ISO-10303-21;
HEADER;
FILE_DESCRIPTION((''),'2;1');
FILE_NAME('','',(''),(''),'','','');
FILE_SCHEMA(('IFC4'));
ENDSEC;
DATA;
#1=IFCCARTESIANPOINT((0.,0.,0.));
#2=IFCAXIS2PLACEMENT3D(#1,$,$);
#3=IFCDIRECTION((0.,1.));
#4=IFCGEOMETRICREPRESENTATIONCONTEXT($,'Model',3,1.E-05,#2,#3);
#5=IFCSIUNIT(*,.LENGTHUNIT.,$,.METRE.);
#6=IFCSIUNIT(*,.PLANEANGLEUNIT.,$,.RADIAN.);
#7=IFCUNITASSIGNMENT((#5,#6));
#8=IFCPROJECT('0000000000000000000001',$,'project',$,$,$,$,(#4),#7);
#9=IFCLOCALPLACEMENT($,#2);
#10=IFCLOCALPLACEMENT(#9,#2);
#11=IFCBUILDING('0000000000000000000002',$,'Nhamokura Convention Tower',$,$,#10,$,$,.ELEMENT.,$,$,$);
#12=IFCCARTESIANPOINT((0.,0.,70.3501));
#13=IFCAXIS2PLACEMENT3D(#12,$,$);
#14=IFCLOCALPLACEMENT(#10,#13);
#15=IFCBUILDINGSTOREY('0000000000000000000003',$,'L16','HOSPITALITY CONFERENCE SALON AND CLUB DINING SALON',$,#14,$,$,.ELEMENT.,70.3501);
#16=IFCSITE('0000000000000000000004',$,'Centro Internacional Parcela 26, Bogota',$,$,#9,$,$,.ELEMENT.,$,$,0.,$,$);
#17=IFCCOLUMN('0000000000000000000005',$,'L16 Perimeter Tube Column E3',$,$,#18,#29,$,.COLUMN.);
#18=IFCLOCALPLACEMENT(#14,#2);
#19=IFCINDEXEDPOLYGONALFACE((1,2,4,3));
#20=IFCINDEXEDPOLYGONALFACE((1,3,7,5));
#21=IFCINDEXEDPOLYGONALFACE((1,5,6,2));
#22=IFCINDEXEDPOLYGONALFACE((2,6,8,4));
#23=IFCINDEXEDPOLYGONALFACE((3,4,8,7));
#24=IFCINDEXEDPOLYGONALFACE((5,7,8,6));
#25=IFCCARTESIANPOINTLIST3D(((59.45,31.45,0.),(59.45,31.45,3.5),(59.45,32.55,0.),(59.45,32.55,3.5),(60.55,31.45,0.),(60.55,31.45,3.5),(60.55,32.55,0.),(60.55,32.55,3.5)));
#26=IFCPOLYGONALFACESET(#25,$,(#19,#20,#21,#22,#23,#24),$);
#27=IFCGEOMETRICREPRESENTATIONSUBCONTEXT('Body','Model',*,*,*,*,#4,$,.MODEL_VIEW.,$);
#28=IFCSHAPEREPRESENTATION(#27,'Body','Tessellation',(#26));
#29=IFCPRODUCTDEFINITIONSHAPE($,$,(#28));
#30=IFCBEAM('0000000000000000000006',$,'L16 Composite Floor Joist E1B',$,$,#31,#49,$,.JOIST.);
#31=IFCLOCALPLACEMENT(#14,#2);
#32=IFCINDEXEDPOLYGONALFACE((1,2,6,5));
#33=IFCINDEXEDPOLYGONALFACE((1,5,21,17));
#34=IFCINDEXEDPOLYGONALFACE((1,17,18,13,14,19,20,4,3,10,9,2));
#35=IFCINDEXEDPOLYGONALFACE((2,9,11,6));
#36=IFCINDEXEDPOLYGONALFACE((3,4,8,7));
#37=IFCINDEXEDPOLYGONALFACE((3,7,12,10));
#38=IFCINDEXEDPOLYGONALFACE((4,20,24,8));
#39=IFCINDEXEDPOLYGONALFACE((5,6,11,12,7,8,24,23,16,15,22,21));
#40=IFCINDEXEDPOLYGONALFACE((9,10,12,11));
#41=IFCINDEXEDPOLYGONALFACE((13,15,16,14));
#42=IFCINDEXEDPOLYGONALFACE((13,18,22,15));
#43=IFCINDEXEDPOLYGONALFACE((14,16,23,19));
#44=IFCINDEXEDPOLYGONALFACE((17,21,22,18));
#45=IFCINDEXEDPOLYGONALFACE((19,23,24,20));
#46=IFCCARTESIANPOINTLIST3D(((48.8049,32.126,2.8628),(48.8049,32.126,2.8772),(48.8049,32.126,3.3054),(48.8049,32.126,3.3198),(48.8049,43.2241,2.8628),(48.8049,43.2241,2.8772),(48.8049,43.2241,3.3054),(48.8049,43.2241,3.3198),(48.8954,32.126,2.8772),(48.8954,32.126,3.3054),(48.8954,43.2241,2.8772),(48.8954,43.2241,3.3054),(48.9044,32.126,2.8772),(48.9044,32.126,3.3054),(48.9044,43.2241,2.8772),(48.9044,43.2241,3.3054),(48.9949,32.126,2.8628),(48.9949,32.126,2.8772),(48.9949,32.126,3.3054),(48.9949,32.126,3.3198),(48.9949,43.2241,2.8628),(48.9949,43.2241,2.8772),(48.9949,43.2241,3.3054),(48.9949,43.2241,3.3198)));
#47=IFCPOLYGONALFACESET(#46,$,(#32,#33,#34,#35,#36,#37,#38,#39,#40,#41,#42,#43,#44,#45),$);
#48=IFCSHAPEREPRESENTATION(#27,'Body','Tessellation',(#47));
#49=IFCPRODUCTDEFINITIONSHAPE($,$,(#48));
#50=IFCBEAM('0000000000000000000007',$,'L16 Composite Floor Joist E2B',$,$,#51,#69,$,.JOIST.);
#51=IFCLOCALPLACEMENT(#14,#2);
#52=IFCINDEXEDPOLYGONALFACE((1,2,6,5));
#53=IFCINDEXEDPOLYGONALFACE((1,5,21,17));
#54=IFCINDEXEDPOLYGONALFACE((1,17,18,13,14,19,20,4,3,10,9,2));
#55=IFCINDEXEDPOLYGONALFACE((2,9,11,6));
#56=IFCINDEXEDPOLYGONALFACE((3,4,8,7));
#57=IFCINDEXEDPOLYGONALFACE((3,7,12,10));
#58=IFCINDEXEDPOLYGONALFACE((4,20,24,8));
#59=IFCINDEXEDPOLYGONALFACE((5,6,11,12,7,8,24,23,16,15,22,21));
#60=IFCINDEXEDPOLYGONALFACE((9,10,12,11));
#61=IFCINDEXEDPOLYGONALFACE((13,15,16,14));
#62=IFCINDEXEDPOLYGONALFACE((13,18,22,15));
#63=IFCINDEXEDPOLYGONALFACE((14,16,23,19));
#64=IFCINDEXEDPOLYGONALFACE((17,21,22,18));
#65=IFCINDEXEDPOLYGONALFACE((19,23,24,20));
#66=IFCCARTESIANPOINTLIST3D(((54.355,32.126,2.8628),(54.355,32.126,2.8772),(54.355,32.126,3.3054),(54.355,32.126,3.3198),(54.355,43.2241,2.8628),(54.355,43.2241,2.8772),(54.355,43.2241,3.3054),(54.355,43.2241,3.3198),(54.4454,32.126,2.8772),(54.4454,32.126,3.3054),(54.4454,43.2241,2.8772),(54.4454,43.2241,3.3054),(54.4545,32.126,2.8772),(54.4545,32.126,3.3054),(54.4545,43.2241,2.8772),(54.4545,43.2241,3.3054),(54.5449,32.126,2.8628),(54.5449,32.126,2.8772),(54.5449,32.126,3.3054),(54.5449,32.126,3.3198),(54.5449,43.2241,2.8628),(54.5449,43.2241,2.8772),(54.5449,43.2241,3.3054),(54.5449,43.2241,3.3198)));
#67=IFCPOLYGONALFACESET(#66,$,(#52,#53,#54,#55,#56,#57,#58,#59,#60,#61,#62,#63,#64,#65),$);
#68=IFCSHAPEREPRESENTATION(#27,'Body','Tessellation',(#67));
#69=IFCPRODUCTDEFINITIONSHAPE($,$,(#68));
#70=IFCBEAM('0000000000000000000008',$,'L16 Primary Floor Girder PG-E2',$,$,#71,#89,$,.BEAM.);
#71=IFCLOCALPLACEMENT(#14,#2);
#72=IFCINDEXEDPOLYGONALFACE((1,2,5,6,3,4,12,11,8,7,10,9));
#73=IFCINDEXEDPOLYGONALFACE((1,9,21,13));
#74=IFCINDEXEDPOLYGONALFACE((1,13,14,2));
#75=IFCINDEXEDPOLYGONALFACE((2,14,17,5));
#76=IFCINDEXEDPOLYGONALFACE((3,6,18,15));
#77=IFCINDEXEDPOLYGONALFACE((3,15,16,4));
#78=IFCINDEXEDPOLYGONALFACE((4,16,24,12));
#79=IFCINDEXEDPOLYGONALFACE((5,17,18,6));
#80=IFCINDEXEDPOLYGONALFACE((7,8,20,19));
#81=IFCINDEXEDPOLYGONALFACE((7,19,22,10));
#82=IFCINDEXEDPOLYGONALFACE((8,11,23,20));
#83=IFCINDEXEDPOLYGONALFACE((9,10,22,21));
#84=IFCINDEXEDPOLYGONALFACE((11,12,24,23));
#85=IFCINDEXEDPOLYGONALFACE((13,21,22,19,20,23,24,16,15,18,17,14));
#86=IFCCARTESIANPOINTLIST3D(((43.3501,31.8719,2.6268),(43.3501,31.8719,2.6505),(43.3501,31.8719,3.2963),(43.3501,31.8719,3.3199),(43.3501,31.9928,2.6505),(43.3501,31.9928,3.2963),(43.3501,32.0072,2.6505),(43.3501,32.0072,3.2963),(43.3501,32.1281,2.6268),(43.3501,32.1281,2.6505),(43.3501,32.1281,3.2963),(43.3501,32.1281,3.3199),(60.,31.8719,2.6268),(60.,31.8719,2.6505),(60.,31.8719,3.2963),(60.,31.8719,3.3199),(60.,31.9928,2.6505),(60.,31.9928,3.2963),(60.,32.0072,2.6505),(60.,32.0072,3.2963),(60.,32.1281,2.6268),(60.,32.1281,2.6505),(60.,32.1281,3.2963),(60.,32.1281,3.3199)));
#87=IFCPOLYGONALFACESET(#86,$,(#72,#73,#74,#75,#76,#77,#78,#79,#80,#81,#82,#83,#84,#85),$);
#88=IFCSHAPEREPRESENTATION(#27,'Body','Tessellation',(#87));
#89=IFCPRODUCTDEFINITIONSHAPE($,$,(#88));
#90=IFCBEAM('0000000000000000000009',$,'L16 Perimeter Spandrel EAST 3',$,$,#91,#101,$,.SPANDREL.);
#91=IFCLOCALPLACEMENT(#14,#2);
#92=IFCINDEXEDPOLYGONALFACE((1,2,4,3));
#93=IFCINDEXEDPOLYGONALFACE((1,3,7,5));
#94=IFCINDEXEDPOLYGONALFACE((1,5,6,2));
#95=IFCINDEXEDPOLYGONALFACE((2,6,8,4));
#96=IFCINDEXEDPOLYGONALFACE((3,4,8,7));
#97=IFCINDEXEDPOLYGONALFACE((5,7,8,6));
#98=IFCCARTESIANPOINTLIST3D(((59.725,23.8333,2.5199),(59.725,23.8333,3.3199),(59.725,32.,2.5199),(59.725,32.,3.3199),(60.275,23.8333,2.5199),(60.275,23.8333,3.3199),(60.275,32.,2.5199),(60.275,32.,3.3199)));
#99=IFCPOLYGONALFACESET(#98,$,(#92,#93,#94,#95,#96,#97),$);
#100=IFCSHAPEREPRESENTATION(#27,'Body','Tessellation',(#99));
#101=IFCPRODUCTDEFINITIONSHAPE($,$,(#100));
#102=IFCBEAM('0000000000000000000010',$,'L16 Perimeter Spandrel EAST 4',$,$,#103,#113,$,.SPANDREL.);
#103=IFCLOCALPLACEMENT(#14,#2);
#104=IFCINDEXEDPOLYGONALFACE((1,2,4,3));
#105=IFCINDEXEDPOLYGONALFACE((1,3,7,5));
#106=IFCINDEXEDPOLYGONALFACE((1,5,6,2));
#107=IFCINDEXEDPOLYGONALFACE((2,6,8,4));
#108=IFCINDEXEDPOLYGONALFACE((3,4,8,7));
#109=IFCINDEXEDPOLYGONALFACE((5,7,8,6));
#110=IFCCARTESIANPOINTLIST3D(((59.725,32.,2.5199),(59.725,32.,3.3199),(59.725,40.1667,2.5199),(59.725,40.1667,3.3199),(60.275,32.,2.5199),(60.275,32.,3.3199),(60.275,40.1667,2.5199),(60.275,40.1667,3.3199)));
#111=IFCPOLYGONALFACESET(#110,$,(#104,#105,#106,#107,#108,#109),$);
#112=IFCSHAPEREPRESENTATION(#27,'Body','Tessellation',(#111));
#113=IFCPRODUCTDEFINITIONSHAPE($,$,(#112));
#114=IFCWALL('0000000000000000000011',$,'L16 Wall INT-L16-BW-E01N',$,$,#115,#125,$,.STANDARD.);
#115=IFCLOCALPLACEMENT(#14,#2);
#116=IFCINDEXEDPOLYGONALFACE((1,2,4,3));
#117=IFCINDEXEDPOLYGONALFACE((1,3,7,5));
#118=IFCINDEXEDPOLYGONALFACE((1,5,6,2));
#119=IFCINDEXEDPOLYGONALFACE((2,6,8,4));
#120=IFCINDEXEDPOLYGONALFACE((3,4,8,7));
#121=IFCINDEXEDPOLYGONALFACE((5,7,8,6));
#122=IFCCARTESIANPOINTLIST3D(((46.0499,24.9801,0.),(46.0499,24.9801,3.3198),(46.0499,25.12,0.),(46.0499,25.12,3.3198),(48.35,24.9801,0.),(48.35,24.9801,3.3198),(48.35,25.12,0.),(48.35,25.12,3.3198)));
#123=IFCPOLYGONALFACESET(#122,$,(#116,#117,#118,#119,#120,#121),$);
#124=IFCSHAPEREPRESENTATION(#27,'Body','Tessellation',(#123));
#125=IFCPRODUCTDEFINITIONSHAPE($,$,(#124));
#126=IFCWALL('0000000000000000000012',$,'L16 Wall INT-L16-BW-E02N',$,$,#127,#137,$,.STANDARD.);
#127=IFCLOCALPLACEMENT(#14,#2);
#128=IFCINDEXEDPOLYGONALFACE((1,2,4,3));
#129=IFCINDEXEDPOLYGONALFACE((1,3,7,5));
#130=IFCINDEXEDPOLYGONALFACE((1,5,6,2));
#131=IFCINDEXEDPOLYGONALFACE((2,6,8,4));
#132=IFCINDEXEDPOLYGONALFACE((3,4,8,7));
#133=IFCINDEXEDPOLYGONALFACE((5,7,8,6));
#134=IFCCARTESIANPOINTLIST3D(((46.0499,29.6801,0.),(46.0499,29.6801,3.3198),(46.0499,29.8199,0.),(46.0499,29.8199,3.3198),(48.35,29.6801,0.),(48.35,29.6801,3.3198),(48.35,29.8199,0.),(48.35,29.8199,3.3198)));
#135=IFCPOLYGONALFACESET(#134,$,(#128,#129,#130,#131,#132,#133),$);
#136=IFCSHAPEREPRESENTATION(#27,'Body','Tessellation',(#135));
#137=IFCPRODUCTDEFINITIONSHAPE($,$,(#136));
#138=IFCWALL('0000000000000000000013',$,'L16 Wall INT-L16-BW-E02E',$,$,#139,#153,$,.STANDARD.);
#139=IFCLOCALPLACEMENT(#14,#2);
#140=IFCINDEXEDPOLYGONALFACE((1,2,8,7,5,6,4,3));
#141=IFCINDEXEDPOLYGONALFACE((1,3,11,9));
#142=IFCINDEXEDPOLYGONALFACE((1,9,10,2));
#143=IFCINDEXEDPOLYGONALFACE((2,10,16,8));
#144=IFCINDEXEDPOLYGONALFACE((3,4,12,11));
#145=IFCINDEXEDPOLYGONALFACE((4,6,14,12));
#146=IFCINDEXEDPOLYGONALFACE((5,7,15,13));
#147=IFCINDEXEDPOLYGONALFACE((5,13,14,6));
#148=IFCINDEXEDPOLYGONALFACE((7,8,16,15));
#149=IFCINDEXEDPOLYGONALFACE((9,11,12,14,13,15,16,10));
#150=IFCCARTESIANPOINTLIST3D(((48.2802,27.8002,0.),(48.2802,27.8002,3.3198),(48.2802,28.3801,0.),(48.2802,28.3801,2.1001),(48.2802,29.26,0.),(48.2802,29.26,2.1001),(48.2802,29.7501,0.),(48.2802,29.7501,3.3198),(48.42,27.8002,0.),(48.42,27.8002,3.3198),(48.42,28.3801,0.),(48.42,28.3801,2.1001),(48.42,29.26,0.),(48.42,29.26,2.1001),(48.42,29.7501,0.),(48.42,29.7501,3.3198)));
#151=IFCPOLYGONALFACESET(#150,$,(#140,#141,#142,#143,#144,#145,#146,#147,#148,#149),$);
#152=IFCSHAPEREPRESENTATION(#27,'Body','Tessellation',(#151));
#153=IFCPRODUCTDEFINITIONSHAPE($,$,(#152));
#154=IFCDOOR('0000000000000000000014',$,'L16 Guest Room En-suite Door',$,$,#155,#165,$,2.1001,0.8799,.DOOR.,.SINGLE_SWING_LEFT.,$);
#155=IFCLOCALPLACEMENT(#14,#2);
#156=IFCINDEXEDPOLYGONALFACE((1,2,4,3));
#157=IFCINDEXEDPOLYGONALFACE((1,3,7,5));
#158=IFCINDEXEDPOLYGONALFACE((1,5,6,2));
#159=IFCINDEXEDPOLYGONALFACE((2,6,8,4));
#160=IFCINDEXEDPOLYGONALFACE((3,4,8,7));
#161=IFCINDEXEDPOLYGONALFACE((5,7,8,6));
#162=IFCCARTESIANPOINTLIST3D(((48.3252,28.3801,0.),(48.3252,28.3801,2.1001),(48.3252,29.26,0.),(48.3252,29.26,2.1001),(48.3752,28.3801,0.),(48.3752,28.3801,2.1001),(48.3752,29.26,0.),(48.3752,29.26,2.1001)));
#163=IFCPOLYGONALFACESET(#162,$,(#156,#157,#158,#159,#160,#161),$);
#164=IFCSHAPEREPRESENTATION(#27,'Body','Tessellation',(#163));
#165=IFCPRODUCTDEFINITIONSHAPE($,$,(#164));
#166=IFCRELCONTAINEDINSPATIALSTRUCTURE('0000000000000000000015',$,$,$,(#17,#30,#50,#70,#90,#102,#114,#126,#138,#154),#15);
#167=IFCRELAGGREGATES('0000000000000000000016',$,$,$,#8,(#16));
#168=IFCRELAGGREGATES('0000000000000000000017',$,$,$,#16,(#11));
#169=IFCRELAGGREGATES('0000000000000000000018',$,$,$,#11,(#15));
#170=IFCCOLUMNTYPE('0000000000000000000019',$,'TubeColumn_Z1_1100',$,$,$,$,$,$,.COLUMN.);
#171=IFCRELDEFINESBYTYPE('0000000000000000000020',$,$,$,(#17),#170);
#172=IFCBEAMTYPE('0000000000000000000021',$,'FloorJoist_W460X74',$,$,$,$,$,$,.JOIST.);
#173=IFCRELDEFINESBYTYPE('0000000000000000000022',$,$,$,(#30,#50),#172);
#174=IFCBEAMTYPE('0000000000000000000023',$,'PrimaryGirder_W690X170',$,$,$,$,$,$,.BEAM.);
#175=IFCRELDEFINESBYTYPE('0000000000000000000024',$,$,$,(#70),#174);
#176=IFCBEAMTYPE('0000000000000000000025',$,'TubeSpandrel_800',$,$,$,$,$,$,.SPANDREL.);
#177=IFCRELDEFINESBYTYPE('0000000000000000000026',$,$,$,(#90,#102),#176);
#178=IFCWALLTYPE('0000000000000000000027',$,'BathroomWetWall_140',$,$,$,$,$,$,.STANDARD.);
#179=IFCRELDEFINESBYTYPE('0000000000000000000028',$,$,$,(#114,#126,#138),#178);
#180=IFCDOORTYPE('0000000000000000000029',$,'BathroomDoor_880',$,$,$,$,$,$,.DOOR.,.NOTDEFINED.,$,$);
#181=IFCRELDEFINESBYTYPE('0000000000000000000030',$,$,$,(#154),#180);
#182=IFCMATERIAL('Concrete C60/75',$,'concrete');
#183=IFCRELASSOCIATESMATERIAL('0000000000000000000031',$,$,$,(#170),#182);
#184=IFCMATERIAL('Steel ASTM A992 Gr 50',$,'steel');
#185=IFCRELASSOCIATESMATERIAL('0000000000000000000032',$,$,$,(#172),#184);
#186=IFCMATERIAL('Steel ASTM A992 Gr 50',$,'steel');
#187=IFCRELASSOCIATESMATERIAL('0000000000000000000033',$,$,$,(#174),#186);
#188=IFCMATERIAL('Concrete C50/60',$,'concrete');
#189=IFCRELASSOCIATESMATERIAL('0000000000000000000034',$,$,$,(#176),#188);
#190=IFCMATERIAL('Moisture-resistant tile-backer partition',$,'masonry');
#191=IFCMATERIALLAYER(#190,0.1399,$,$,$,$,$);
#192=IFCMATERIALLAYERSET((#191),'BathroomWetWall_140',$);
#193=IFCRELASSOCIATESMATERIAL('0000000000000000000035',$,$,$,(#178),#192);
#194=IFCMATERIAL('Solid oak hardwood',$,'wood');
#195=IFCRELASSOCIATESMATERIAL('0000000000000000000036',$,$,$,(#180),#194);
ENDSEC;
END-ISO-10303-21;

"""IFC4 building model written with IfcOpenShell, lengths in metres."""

from ifc_helpers import new_model, si_unit, direction, frame, frame_2d, origin, origin_2d, place, context, subcontext, project, spatial, rectangle, i_section, extrude, material, layer, layer_set, material_profile, profile_set, type_object, element, fill, save


model = new_model("IFC4")

# Units and contexts
model_context = context("Model", 3, precision=1e-05, world=origin(), true_north=direction((0.0, 1.0)))
body_context = subcontext(model_context, "Body", "Model", "MODEL_VIEW")
ifc_project = project(units=[si_unit("LENGTHUNIT", "METRE"), si_unit("PLANEANGLEUNIT", "RADIAN")], contexts=[model_context])

# Site, building, storey
site_placement = place(None, origin())
site = spatial("IfcSite", under=ifc_project, at=site_placement, Name="Centro Internacional Parcela 26, Bogota", CompositionType="ELEMENT", RefElevation=0.0)
building_placement = place(site_placement, origin())
building = spatial("IfcBuilding", under=site, at=building_placement, Name="Nhamokura Convention Tower", CompositionType="ELEMENT")
storey_placement = place(building_placement, frame((0.0, 0.0, 70.3501)))
storey = spatial("IfcBuildingStorey", under=building, at=storey_placement, Name="L16", Description="HOSPITALITY CONFERENCE SALON AND CLUB DINING SALON", CompositionType="ELEMENT", Elevation=70.3501)

# Column
ifc_material_1 = material(Name="Concrete C60/75", Category="concrete")
ifc_material_profile_1 = material_profile(ifc_material_1, rectangle(XDim=1.1001, YDim=1.1001, at=origin_2d()))
ifc_profile_set_1 = profile_set([ifc_material_profile_1], Name="Concrete C60/75")
column_type = type_object("IfcColumnType", Name="TubeColumn_Z1_1100", PredefinedType="COLUMN", material=ifc_profile_set_1)
column_placement = place(storey_placement, frame((60.0, 32.0, 0.0), z_axis=(0.0, 0.0, 1.0), x_axis=(1.0, 0.0, 0.0)))
element("IfcColumn", 1, at=column_placement, inside=storey, type_object=column_type, Name="L16 Perimeter Tube Column E3", PredefinedType="COLUMN", context=body_context, shape_type="SweptSolid", body=[
    extrude(rectangle(XDim=1.1001, YDim=1.1001, at=origin_2d()), origin(), (0.0, 0.0, 1.0), 3.5),
])

# Beams
ifc_material_2 = material(Name="Steel ASTM A992 Gr 50", Category="steel")
ifc_material_profile_2 = material_profile(ifc_material_2, i_section(OverallWidth=0.1899, OverallDepth=0.457, WebThickness=0.009, FlangeThickness=0.0144, at=origin_2d()))
ifc_profile_set_2 = profile_set([ifc_material_profile_2], Name="Steel ASTM A992 Gr 50")
beam_type_1 = type_object("IfcBeamType", Name="FloorJoist_W460X74", PredefinedType="JOIST", material=ifc_profile_set_2)
for number, where, z_axis, x_axis, name in (
    (2, (48.8999, 32.126, 3.0913), (0.0, 1.0, 0.0), (-1.0, 0.0, 0.0), "L16 Composite Floor Joist E1B"),
    (3, (54.45, 32.126, 3.0913), (0.0, 1.0, 0.0), (-1.0, 0.0, 0.0), "L16 Composite Floor Joist E2B"),
):
    element("IfcBeam", number, at=place(storey_placement, frame(where, z_axis=z_axis, x_axis=x_axis)), inside=storey, type_object=beam_type_1, Name=name, PredefinedType="JOIST", context=body_context, shape_type="SweptSolid", body=[
        extrude(i_section(OverallWidth=0.1899, OverallDepth=0.457, WebThickness=0.009, FlangeThickness=0.0144, at=origin_2d()), origin(), (0.0, 0.0, 1.0), 11.0981),
    ])
ifc_material_3 = material(Name="Steel ASTM A992 Gr 50", Category="steel")
ifc_material_profile_3 = material_profile(ifc_material_3, i_section(OverallWidth=0.2561, OverallDepth=0.6931, WebThickness=0.0144, FlangeThickness=0.0237, at=origin_2d()))
ifc_profile_set_3 = profile_set([ifc_material_profile_3], Name="Steel ASTM A992 Gr 50")
beam_type_2 = type_object("IfcBeamType", Name="PrimaryGirder_W690X170", PredefinedType="BEAM", material=ifc_profile_set_3)
beam_placement = place(storey_placement, frame((43.3501, 32.0, 2.9734), z_axis=(1.0, 0.0, 0.0), x_axis=(0.0, 1.0, 0.0)))
element("IfcBeam", 4, at=beam_placement, inside=storey, type_object=beam_type_2, Name="L16 Primary Floor Girder PG-E2", PredefinedType="BEAM", context=body_context, shape_type="SweptSolid", body=[
    extrude(i_section(OverallWidth=0.2561, OverallDepth=0.6931, WebThickness=0.0144, FlangeThickness=0.0237, at=origin_2d()), origin(), (0.0, 0.0, 1.0), 16.6499),
])
ifc_material_4 = material(Name="Concrete C50/60", Category="concrete")
ifc_material_profile_4 = material_profile(ifc_material_4, rectangle(XDim=0.55, YDim=0.8, at=origin_2d()))
ifc_profile_set_4 = profile_set([ifc_material_profile_4], Name="Concrete C50/60")
beam_type_3 = type_object("IfcBeamType", Name="TubeSpandrel_800", PredefinedType="SPANDREL", material=ifc_profile_set_4)
for number, where, z_axis, x_axis, name in (
    (5, (60.0, 23.8333, 2.9199), (0.0, 1.0, 0.0), (-1.0, 0.0, 0.0), "L16 Perimeter Spandrel EAST 3"),
    (6, (60.0, 32.0, 2.9199), (0.0, 1.0, 0.0), (-1.0, 0.0, 0.0), "L16 Perimeter Spandrel EAST 4"),
):
    element("IfcBeam", number, at=place(storey_placement, frame(where, z_axis=z_axis, x_axis=x_axis)), inside=storey, type_object=beam_type_3, Name=name, PredefinedType="SPANDREL", context=body_context, shape_type="SweptSolid", body=[
        extrude(rectangle(XDim=0.55, YDim=0.8, at=origin_2d()), origin(), (0.0, 0.0, 1.0), 8.1667),
    ])

# Walls
ifc_material_5 = material(Name="Moisture-resistant tile-backer partition", Category="masonry")
ifc_layer_1 = layer(ifc_material_5, 0.1399)
ifc_layer_set_1 = layer_set([ifc_layer_1], Name="BathroomWetWall_140")
wall_type_1 = type_object("IfcWallType", Name="BathroomWetWall_140", PredefinedType="STANDARD", material=ifc_layer_set_1)
for number, where, z_axis, x_axis, name in (
    (7, (46.05, 25.05, 0.0), (0.0, 0.0, 1.0), (1.0, 0.0, 0.0), "L16 Wall INT-L16-BW-E01N"),
    (8, (46.05, 29.75, 0.0), (0.0, 0.0, 1.0), (1.0, 0.0, 0.0), "L16 Wall INT-L16-BW-E02N"),
):
    element("IfcWall", number, at=place(storey_placement, frame(where, z_axis=z_axis, x_axis=x_axis)), inside=storey, type_object=wall_type_1, Name=name, PredefinedType="STANDARD", context=body_context, shape_type="SweptSolid", body=[
        extrude(rectangle(XDim=2.3, YDim=0.1399, at=frame_2d((1.1499, 0.0))), origin(), (0.0, 0.0, 1.0), 3.3198),
    ])

# Wall, opening, door
wall_1_placement = place(storey_placement, frame((48.3501, 27.8, 0.0), z_axis=(0.0, 0.0, 1.0), x_axis=(0.0, 1.0, 0.0)))
wall_1 = element("IfcWall", 9, at=wall_1_placement, inside=storey, type_object=wall_type_1, Name="L16 Wall INT-L16-BW-E02E", PredefinedType="STANDARD", context=body_context, shape_type="SweptSolid", body=[
    extrude(rectangle(XDim=1.95, YDim=0.1399, at=frame_2d((0.9751, 0.0))), origin(), (0.0, 0.0, 1.0), 3.3198),
])
opening_1_placement = place(wall_1_placement, frame((0.5801, 0.0, 0.0)))
opening_1 = element("IfcOpeningElement", 10, at=opening_1_placement, cuts=wall_1, PredefinedType="OPENING", context=body_context, shape_type="SweptSolid", body=[
    extrude(rectangle(XDim=0.8799, YDim=2.1001, at=frame_2d((0.4399, 1.05))), frame((0.0, 0.0798, 0.0), z_axis=(0.0, -1.0, 0.0), x_axis=(1.0, 0.0, 0.0)), (0.0, 0.0, 1.0), 0.1599),
])
ifc_material_6 = material(Name="Solid oak hardwood", Category="wood")
door_type_1 = type_object("IfcDoorType", Name="BathroomDoor_880", OperationType="NOTDEFINED", PredefinedType="DOOR", material=ifc_material_6)
door_1_placement = place(opening_1_placement, origin())
door_1 = element("IfcDoor", 11, at=door_1_placement, inside=storey, type_object=door_type_1, Name="L16 Guest Room En-suite Door", OperationType="SINGLE_SWING_LEFT", OverallHeight=2.1001, OverallWidth=0.8799, PredefinedType="DOOR", context=body_context, shape_type="SweptSolid", body=[
    extrude(rectangle(XDim=0.8799, YDim=2.1001, at=frame_2d((0.4399, 1.05))), frame((0.0, 0.0249, 0.0), z_axis=(0.0, -1.0, 0.0), x_axis=(1.0, 0.0, 0.0)), (0.0, 0.0, 1.0), 0.05),
])
fill(opening_1, door_1)

save(model, "model.ifc")
